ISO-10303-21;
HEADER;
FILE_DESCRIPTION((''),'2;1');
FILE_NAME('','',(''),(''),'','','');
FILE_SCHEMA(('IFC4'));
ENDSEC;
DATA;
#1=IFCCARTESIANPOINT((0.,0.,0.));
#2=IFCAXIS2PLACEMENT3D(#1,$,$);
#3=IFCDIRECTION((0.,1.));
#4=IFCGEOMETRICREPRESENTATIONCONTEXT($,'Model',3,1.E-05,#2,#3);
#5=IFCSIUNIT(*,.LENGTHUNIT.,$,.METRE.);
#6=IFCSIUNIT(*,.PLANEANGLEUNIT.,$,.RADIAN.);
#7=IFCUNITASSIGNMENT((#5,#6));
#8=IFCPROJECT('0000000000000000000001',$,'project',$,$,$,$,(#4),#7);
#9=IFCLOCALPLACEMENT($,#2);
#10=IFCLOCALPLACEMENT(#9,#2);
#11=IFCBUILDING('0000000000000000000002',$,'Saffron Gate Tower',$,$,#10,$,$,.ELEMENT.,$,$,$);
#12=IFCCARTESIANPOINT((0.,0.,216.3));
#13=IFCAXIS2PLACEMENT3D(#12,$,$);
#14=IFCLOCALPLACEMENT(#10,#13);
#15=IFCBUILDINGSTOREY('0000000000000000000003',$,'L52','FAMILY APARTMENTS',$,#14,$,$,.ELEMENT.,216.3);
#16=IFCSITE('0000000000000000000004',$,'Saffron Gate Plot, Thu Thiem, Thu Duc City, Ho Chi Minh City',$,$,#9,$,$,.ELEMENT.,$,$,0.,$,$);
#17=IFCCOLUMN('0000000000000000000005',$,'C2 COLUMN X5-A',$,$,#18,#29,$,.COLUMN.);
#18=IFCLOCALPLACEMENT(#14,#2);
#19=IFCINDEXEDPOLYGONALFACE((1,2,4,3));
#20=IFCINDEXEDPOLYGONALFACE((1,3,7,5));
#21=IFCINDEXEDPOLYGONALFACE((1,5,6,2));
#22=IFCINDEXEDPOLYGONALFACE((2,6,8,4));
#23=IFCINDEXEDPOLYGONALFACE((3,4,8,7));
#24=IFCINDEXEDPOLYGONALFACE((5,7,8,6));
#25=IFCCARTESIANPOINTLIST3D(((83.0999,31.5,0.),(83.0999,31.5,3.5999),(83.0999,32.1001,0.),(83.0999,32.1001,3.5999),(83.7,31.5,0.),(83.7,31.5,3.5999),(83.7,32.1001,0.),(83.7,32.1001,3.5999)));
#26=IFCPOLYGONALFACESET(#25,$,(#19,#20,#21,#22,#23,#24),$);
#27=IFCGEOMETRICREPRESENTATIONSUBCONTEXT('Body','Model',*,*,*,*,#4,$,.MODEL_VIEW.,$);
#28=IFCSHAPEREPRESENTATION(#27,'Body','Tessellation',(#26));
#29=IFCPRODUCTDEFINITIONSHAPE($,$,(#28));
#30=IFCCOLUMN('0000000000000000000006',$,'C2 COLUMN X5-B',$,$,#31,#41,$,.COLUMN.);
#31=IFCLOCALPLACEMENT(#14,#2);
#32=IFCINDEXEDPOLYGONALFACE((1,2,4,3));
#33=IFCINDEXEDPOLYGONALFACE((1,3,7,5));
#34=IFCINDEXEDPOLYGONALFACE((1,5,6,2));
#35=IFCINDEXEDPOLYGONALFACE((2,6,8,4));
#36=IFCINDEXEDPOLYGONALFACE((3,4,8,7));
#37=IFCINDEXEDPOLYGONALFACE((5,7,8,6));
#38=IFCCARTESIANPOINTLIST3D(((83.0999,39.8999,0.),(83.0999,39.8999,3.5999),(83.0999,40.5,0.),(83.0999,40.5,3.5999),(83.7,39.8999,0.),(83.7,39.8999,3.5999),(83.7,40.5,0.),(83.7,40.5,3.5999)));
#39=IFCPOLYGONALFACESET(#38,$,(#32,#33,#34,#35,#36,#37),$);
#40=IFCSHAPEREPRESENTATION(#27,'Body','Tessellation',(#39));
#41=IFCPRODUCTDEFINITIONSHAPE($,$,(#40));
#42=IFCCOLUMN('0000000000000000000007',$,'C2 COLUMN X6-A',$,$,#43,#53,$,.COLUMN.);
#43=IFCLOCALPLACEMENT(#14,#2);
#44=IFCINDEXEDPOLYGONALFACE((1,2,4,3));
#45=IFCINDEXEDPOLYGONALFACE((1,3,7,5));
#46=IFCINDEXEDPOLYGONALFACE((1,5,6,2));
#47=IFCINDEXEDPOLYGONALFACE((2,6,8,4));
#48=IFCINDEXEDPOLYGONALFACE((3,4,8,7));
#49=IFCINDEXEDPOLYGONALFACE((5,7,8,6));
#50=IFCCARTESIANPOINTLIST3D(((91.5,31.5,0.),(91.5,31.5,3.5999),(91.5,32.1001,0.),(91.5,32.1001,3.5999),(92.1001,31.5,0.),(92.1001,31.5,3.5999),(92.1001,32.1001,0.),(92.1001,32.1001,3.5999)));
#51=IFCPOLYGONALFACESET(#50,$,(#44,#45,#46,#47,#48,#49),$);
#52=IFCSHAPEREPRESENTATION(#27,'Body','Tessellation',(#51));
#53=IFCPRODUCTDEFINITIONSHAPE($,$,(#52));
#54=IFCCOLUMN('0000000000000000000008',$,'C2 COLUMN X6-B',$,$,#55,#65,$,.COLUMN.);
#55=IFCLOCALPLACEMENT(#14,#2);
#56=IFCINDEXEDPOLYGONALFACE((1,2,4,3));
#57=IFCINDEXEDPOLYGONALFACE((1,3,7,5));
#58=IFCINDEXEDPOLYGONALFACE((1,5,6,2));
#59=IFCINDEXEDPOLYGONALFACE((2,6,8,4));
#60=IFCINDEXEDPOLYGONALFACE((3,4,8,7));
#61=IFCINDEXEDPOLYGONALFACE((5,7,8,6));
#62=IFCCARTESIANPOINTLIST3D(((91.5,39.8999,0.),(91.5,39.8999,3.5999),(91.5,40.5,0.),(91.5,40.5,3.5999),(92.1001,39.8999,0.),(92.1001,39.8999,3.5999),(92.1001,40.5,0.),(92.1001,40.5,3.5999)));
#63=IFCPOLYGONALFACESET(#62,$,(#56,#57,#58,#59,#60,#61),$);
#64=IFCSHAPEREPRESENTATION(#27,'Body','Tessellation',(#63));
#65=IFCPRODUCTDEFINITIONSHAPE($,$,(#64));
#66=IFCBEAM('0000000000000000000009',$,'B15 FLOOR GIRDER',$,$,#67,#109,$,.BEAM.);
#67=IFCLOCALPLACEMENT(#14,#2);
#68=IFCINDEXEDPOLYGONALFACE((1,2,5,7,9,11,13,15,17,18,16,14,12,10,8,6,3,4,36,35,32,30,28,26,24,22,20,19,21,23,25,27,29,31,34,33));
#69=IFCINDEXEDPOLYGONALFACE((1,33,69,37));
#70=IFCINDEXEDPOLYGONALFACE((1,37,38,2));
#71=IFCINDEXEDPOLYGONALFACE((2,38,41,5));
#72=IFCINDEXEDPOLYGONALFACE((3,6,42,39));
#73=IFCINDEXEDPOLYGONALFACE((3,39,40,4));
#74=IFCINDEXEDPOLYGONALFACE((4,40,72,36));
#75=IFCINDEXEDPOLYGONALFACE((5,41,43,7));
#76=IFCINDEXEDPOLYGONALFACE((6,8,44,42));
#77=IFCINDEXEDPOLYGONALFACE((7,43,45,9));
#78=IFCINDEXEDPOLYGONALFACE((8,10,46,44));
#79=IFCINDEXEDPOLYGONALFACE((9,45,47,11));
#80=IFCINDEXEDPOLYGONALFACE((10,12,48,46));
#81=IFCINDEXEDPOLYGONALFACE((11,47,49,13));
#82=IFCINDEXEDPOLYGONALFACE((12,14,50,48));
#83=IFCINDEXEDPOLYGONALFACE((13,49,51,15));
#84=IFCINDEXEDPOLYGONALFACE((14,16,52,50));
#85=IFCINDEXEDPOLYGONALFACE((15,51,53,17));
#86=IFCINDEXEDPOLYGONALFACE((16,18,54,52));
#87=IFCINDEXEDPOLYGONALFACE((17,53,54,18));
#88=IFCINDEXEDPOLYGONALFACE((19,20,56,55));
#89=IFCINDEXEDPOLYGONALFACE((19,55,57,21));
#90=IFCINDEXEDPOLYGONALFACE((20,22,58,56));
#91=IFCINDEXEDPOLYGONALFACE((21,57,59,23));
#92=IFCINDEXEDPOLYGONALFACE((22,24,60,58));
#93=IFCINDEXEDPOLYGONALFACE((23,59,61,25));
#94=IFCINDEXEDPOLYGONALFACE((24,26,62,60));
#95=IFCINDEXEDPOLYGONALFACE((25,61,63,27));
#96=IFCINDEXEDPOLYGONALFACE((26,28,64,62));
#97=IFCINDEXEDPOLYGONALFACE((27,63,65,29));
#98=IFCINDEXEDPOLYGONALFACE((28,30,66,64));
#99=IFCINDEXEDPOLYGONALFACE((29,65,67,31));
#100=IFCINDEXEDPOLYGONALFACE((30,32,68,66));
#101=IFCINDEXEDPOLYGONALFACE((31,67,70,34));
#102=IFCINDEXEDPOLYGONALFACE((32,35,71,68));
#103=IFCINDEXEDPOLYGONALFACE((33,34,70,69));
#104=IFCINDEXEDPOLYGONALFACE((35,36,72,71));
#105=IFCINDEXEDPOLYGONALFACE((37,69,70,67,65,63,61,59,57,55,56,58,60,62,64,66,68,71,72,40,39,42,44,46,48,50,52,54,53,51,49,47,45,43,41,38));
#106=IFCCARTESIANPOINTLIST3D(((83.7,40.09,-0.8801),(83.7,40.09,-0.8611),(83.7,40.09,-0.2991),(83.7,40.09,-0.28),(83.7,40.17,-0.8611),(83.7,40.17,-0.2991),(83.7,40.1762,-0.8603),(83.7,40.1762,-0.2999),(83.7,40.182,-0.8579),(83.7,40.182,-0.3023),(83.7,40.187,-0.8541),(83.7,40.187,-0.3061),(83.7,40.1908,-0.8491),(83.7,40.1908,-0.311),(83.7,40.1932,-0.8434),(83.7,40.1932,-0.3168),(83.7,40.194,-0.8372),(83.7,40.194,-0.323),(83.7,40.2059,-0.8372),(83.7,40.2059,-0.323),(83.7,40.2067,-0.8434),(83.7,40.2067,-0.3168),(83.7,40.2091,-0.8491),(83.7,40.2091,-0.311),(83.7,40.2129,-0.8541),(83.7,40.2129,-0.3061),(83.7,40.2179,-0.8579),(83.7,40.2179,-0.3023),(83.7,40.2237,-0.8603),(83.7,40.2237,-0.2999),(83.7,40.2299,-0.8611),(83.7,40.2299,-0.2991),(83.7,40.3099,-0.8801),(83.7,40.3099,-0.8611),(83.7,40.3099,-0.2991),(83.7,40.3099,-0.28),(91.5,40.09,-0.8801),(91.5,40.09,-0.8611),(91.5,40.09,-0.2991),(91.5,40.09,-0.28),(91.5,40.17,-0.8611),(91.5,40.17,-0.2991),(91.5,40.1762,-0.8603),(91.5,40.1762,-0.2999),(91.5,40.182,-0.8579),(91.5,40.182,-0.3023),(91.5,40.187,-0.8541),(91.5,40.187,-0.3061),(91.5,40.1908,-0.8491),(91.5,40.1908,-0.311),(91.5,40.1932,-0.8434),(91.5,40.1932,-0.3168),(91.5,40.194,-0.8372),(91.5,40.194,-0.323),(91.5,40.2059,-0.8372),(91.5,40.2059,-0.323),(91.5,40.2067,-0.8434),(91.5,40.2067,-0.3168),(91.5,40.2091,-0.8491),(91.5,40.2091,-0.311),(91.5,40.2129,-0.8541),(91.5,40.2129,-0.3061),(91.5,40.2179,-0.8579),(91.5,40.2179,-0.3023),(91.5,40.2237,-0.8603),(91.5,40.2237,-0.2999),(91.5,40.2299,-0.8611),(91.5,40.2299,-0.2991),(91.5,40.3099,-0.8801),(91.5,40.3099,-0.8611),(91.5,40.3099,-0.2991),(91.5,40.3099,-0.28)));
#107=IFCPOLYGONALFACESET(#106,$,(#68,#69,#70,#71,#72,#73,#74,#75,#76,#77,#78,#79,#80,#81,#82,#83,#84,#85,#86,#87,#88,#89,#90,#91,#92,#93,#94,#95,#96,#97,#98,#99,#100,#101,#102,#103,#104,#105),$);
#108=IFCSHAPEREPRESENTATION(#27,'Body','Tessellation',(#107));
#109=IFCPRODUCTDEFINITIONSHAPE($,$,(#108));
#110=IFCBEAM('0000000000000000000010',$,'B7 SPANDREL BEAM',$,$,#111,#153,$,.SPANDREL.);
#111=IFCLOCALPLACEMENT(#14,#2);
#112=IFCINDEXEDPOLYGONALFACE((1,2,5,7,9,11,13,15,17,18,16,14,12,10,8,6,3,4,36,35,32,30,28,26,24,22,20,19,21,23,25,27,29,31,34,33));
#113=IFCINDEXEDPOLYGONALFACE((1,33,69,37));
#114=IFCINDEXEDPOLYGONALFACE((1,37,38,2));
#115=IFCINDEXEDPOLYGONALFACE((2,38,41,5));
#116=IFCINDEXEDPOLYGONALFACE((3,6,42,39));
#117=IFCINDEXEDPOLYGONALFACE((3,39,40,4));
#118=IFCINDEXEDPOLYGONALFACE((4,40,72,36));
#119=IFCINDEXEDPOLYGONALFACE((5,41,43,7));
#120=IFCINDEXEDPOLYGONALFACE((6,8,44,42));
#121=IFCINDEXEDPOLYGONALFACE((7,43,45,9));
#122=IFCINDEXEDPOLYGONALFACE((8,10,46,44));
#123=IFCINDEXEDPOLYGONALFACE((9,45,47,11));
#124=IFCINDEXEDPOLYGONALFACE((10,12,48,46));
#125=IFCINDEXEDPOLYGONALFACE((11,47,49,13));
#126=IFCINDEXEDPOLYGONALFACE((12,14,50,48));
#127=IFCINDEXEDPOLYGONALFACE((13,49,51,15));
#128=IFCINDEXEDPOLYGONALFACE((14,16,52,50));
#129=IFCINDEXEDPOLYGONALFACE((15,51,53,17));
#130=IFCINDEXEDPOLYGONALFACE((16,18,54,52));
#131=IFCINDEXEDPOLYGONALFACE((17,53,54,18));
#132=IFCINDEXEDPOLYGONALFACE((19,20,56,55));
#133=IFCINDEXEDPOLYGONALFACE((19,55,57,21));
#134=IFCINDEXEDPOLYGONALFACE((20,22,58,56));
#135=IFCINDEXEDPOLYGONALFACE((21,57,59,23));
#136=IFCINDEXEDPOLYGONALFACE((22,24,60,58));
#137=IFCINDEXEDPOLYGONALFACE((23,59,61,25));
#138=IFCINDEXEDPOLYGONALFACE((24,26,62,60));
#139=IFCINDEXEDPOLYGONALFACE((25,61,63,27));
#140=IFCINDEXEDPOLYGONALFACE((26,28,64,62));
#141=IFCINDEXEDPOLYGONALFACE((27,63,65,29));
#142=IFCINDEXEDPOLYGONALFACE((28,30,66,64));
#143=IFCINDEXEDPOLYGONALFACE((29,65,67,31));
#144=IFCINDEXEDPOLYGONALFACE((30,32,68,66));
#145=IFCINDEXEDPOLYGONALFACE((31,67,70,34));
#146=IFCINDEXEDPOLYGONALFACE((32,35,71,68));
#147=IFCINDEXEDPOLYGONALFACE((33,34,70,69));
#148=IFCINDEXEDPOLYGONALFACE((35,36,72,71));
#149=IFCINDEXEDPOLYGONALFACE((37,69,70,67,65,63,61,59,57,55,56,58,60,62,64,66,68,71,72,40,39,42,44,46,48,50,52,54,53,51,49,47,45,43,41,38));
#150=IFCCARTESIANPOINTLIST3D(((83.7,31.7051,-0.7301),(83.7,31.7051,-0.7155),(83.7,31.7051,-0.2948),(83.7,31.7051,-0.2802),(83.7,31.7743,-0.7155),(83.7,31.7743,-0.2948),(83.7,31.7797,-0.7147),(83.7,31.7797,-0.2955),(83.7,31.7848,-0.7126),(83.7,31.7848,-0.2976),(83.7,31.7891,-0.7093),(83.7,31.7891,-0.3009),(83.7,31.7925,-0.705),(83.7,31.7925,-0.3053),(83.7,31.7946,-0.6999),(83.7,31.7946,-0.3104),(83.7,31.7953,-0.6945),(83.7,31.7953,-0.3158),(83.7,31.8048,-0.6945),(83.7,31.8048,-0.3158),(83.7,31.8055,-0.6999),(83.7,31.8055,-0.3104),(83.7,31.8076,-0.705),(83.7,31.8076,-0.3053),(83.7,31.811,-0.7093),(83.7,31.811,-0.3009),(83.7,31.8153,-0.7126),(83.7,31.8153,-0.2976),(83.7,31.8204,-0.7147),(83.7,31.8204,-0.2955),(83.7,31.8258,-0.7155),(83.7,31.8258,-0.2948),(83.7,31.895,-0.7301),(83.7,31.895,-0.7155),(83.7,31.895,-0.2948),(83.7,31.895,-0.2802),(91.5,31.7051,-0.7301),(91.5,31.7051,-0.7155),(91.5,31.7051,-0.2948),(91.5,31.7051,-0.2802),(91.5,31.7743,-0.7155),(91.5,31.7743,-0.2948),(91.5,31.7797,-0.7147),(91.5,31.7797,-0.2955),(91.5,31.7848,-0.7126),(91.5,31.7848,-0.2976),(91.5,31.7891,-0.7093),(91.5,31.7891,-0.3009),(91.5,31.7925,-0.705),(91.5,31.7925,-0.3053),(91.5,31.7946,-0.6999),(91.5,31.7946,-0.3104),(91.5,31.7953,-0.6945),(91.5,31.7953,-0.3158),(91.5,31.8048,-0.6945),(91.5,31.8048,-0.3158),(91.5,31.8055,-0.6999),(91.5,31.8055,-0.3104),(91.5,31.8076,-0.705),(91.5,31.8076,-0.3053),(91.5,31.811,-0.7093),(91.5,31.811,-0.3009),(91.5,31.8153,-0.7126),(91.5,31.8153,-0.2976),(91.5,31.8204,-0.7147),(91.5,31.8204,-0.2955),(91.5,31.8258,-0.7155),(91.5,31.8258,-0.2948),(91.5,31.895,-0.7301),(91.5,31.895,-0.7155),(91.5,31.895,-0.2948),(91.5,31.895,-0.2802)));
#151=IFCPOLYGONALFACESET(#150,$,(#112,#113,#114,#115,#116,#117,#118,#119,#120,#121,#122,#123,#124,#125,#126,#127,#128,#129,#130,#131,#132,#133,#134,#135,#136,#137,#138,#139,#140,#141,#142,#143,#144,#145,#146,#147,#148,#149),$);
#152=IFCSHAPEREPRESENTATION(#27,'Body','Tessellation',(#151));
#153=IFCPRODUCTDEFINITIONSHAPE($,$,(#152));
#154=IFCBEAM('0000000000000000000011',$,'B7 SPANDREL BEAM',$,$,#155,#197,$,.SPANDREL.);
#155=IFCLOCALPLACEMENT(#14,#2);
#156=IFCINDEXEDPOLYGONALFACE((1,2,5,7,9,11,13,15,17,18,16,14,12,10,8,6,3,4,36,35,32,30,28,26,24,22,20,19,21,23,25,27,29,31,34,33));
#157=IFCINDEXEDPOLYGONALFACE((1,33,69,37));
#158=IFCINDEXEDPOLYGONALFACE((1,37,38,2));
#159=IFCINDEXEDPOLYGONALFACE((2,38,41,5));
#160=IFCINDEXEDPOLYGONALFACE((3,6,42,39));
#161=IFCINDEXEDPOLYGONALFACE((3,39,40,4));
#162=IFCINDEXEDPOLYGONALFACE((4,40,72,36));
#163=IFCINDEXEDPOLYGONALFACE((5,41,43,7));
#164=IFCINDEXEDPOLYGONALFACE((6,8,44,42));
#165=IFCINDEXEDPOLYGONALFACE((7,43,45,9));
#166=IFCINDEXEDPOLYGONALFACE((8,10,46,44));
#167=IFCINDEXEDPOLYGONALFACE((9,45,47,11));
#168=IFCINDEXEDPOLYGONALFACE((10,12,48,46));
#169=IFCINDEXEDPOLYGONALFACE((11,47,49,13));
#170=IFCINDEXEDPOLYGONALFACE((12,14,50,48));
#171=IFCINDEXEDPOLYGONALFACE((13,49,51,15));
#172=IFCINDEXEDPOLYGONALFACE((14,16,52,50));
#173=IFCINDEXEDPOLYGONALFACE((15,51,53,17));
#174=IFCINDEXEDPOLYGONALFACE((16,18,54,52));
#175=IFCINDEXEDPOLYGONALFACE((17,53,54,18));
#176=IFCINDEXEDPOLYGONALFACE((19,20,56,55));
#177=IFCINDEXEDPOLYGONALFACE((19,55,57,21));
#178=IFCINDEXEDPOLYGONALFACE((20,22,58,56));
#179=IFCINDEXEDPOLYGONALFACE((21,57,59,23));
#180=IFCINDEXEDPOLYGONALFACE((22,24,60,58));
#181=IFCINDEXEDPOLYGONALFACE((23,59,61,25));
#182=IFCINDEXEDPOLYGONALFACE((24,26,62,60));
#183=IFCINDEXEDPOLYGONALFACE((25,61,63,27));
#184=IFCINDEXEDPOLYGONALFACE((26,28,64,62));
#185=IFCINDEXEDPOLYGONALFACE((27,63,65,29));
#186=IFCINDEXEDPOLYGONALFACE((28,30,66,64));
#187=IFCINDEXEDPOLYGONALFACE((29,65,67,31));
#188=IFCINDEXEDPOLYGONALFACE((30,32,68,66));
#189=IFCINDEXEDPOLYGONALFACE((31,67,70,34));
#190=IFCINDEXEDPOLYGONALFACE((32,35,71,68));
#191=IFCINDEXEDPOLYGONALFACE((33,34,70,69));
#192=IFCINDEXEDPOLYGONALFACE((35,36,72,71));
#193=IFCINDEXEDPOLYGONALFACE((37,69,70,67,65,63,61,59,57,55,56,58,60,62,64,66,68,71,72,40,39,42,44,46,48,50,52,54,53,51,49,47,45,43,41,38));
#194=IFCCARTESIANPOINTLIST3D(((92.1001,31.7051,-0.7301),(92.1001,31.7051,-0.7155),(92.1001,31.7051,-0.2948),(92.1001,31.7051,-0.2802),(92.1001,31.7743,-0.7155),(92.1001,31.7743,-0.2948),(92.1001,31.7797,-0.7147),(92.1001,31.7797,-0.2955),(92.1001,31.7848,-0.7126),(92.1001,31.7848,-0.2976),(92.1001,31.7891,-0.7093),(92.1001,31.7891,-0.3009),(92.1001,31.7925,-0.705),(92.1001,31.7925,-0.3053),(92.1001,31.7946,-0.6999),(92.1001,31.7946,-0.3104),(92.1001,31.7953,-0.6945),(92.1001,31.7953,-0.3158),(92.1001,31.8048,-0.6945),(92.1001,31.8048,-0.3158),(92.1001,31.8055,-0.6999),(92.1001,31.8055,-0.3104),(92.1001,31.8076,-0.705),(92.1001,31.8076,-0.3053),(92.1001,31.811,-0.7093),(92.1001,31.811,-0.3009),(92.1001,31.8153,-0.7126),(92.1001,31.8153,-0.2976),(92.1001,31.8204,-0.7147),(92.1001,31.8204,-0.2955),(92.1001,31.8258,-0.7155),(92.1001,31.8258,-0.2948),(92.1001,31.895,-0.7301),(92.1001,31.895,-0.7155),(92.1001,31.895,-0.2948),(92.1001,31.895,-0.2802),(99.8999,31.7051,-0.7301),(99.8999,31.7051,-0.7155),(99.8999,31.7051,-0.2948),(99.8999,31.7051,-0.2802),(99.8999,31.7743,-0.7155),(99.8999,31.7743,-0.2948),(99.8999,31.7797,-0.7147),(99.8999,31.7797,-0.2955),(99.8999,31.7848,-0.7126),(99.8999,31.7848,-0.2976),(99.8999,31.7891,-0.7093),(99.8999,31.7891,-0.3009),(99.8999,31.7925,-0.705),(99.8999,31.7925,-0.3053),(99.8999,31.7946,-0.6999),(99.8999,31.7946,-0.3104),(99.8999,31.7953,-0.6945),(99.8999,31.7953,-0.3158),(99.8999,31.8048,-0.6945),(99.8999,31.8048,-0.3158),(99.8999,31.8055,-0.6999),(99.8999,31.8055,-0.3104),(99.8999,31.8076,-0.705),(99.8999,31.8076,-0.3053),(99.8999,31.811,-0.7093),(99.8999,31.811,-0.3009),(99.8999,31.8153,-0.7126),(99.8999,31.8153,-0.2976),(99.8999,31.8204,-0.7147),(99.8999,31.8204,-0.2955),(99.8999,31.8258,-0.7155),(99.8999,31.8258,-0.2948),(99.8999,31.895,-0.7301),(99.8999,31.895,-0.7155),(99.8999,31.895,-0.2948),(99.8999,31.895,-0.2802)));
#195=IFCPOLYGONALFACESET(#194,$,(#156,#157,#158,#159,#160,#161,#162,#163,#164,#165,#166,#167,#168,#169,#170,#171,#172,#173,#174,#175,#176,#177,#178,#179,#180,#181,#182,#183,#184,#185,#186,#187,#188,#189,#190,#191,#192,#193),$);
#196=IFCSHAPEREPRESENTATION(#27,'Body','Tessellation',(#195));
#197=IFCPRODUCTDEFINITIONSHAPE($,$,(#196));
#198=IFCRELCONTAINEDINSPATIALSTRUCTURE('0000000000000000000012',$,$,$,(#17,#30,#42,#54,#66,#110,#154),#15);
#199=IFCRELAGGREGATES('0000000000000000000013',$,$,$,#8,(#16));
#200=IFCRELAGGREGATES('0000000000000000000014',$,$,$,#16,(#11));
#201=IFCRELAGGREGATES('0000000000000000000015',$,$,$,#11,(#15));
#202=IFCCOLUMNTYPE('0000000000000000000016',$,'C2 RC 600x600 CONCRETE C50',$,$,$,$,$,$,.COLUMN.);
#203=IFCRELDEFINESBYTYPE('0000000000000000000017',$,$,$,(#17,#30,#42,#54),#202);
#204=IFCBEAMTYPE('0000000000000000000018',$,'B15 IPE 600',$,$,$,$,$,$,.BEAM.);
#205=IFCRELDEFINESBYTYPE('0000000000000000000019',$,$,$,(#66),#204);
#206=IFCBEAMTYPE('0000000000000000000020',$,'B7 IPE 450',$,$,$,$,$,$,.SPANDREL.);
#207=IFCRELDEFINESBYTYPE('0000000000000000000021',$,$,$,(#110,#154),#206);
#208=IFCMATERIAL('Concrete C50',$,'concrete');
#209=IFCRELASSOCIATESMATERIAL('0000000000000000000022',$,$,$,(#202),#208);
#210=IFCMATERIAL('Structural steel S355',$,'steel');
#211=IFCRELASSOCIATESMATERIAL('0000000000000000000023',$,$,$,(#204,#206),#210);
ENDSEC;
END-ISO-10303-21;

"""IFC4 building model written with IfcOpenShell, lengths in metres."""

from ifc_helpers import new_model, si_unit, direction, frame, origin, origin_2d, place, context, subcontext, project, spatial, rectangle, i_section, extrude, material, material_profile, profile_set, type_object, element, save


model = new_model("IFC4")

# Units and contexts
model_context = context("Model", 3, precision=1e-05, world=origin(), true_north=direction((0.0, 1.0)))
body_context = subcontext(model_context, "Body", "Model", "MODEL_VIEW")
ifc_project = project(units=[si_unit("LENGTHUNIT", "METRE"), si_unit("PLANEANGLEUNIT", "RADIAN")], contexts=[model_context])

# Site, building, storey
site_placement = place(None, origin())
site = spatial("IfcSite", under=ifc_project, at=site_placement, Name="Saffron Gate Plot, Thu Thiem, Thu Duc City, Ho Chi Minh City", CompositionType="ELEMENT", RefElevation=0.0)
building_placement = place(site_placement, origin())
building = spatial("IfcBuilding", under=site, at=building_placement, Name="Saffron Gate Tower", CompositionType="ELEMENT")
storey_placement = place(building_placement, frame((0.0, 0.0, 216.3)))
storey = spatial("IfcBuildingStorey", under=building, at=storey_placement, Name="L52", Description="FAMILY APARTMENTS", CompositionType="ELEMENT", Elevation=216.3)

# Columns
ifc_material_1 = material(Name="Concrete C50", Category="concrete")
ifc_material_profile_1 = material_profile(ifc_material_1, rectangle(XDim=0.6001, YDim=0.6001, at=origin_2d()))
ifc_profile_set_1 = profile_set([ifc_material_profile_1], Name="Concrete C50")
column_type = type_object("IfcColumnType", Name="C2 RC 600x600 CONCRETE C50", PredefinedType="COLUMN", material=ifc_profile_set_1)
for number, where, z_axis, x_axis, name in (
    (1, (83.3999, 31.8, 0.0), (0.0, 0.0, 1.0), (1.0, 0.0, 0.0), "C2 COLUMN X5-A"),
    (2, (83.3999, 40.2, 0.0), (0.0, 0.0, 1.0), (1.0, 0.0, 0.0), "C2 COLUMN X5-B"),
    (3, (91.8, 31.8, 0.0), (0.0, 0.0, 1.0), (1.0, 0.0, 0.0), "C2 COLUMN X6-A"),
    (4, (91.8, 40.2, 0.0), (0.0, 0.0, 1.0), (1.0, 0.0, 0.0), "C2 COLUMN X6-B"),
):
    element("IfcColumn", number, at=place(storey_placement, frame(where, z_axis=z_axis, x_axis=x_axis)), inside=storey, type_object=column_type, Name=name, PredefinedType="COLUMN", context=body_context, shape_type="SweptSolid", body=[
        extrude(rectangle(XDim=0.6001, YDim=0.6001, at=origin_2d()), origin(), (0.0, 0.0, 1.0), 3.5999),
    ])

# Beams
ifc_material_2 = material(Name="Structural steel S355", Category="steel")
ifc_material_profile_2 = material_profile(ifc_material_2, i_section(OverallWidth=0.22, OverallDepth=0.6001, WebThickness=0.012, FlangeThickness=0.019, FilletRadius=0.0239, at=origin_2d()))
ifc_profile_set_2 = profile_set([ifc_material_profile_2], Name="Structural steel S355")
beam_type_1 = type_object("IfcBeamType", Name="B15 IPE 600", PredefinedType="BEAM", material=ifc_profile_set_2)
beam_1_placement = place(storey_placement, frame((83.7, 40.2, -0.5801), z_axis=(1.0, 0.0, 0.0), x_axis=(0.0, 1.0, 0.0)))
element("IfcBeam", 5, at=beam_1_placement, inside=storey, type_object=beam_type_1, Name="B15 FLOOR GIRDER", PredefinedType="BEAM", context=body_context, shape_type="SweptSolid", body=[
    extrude(i_section(OverallWidth=0.22, OverallDepth=0.6001, WebThickness=0.012, FlangeThickness=0.019, FilletRadius=0.0239, at=origin_2d()), origin(), (0.0, 0.0, 1.0), 7.8),
])
ifc_material_profile_3 = material_profile(ifc_material_2, i_section(OverallWidth=0.1899, OverallDepth=0.45, WebThickness=0.0095, FlangeThickness=0.0146, FilletRadius=0.021, at=origin_2d()))
ifc_profile_set_3 = profile_set([ifc_material_profile_3], Name="Structural steel S355")
beam_type_2 = type_object("IfcBeamType", Name="B7 IPE 450", PredefinedType="SPANDREL", material=ifc_profile_set_3)
beam_2_placement = place(storey_placement, frame((83.7, 31.8, -0.5051), z_axis=(1.0, 0.0, 0.0), x_axis=(0.0, 1.0, 0.0)))
element("IfcBeam", 6, at=beam_2_placement, inside=storey, type_object=beam_type_2, Name="B7 SPANDREL BEAM", PredefinedType="SPANDREL", context=body_context, shape_type="SweptSolid", body=[
    extrude(i_section(OverallWidth=0.1899, OverallDepth=0.45, WebThickness=0.0095, FlangeThickness=0.0146, FilletRadius=0.021, at=origin_2d()), origin(), (0.0, 0.0, 1.0), 7.8),
])
beam_3_placement = place(storey_placement, frame((92.1001, 31.8, -0.5051), z_axis=(1.0, 0.0, 0.0), x_axis=(0.0, 1.0, 0.0)))
element("IfcBeam", 7, at=beam_3_placement, inside=storey, type_object=beam_type_2, Name="B7 SPANDREL BEAM", PredefinedType="SPANDREL", context=body_context, shape_type="SweptSolid", body=[
    extrude(i_section(OverallWidth=0.1899, OverallDepth=0.45, WebThickness=0.0095, FlangeThickness=0.0146, FilletRadius=0.021, at=origin_2d()), origin(), (0.0, 0.0, 1.0), 7.7998),
])

save(model, "model.ifc")
